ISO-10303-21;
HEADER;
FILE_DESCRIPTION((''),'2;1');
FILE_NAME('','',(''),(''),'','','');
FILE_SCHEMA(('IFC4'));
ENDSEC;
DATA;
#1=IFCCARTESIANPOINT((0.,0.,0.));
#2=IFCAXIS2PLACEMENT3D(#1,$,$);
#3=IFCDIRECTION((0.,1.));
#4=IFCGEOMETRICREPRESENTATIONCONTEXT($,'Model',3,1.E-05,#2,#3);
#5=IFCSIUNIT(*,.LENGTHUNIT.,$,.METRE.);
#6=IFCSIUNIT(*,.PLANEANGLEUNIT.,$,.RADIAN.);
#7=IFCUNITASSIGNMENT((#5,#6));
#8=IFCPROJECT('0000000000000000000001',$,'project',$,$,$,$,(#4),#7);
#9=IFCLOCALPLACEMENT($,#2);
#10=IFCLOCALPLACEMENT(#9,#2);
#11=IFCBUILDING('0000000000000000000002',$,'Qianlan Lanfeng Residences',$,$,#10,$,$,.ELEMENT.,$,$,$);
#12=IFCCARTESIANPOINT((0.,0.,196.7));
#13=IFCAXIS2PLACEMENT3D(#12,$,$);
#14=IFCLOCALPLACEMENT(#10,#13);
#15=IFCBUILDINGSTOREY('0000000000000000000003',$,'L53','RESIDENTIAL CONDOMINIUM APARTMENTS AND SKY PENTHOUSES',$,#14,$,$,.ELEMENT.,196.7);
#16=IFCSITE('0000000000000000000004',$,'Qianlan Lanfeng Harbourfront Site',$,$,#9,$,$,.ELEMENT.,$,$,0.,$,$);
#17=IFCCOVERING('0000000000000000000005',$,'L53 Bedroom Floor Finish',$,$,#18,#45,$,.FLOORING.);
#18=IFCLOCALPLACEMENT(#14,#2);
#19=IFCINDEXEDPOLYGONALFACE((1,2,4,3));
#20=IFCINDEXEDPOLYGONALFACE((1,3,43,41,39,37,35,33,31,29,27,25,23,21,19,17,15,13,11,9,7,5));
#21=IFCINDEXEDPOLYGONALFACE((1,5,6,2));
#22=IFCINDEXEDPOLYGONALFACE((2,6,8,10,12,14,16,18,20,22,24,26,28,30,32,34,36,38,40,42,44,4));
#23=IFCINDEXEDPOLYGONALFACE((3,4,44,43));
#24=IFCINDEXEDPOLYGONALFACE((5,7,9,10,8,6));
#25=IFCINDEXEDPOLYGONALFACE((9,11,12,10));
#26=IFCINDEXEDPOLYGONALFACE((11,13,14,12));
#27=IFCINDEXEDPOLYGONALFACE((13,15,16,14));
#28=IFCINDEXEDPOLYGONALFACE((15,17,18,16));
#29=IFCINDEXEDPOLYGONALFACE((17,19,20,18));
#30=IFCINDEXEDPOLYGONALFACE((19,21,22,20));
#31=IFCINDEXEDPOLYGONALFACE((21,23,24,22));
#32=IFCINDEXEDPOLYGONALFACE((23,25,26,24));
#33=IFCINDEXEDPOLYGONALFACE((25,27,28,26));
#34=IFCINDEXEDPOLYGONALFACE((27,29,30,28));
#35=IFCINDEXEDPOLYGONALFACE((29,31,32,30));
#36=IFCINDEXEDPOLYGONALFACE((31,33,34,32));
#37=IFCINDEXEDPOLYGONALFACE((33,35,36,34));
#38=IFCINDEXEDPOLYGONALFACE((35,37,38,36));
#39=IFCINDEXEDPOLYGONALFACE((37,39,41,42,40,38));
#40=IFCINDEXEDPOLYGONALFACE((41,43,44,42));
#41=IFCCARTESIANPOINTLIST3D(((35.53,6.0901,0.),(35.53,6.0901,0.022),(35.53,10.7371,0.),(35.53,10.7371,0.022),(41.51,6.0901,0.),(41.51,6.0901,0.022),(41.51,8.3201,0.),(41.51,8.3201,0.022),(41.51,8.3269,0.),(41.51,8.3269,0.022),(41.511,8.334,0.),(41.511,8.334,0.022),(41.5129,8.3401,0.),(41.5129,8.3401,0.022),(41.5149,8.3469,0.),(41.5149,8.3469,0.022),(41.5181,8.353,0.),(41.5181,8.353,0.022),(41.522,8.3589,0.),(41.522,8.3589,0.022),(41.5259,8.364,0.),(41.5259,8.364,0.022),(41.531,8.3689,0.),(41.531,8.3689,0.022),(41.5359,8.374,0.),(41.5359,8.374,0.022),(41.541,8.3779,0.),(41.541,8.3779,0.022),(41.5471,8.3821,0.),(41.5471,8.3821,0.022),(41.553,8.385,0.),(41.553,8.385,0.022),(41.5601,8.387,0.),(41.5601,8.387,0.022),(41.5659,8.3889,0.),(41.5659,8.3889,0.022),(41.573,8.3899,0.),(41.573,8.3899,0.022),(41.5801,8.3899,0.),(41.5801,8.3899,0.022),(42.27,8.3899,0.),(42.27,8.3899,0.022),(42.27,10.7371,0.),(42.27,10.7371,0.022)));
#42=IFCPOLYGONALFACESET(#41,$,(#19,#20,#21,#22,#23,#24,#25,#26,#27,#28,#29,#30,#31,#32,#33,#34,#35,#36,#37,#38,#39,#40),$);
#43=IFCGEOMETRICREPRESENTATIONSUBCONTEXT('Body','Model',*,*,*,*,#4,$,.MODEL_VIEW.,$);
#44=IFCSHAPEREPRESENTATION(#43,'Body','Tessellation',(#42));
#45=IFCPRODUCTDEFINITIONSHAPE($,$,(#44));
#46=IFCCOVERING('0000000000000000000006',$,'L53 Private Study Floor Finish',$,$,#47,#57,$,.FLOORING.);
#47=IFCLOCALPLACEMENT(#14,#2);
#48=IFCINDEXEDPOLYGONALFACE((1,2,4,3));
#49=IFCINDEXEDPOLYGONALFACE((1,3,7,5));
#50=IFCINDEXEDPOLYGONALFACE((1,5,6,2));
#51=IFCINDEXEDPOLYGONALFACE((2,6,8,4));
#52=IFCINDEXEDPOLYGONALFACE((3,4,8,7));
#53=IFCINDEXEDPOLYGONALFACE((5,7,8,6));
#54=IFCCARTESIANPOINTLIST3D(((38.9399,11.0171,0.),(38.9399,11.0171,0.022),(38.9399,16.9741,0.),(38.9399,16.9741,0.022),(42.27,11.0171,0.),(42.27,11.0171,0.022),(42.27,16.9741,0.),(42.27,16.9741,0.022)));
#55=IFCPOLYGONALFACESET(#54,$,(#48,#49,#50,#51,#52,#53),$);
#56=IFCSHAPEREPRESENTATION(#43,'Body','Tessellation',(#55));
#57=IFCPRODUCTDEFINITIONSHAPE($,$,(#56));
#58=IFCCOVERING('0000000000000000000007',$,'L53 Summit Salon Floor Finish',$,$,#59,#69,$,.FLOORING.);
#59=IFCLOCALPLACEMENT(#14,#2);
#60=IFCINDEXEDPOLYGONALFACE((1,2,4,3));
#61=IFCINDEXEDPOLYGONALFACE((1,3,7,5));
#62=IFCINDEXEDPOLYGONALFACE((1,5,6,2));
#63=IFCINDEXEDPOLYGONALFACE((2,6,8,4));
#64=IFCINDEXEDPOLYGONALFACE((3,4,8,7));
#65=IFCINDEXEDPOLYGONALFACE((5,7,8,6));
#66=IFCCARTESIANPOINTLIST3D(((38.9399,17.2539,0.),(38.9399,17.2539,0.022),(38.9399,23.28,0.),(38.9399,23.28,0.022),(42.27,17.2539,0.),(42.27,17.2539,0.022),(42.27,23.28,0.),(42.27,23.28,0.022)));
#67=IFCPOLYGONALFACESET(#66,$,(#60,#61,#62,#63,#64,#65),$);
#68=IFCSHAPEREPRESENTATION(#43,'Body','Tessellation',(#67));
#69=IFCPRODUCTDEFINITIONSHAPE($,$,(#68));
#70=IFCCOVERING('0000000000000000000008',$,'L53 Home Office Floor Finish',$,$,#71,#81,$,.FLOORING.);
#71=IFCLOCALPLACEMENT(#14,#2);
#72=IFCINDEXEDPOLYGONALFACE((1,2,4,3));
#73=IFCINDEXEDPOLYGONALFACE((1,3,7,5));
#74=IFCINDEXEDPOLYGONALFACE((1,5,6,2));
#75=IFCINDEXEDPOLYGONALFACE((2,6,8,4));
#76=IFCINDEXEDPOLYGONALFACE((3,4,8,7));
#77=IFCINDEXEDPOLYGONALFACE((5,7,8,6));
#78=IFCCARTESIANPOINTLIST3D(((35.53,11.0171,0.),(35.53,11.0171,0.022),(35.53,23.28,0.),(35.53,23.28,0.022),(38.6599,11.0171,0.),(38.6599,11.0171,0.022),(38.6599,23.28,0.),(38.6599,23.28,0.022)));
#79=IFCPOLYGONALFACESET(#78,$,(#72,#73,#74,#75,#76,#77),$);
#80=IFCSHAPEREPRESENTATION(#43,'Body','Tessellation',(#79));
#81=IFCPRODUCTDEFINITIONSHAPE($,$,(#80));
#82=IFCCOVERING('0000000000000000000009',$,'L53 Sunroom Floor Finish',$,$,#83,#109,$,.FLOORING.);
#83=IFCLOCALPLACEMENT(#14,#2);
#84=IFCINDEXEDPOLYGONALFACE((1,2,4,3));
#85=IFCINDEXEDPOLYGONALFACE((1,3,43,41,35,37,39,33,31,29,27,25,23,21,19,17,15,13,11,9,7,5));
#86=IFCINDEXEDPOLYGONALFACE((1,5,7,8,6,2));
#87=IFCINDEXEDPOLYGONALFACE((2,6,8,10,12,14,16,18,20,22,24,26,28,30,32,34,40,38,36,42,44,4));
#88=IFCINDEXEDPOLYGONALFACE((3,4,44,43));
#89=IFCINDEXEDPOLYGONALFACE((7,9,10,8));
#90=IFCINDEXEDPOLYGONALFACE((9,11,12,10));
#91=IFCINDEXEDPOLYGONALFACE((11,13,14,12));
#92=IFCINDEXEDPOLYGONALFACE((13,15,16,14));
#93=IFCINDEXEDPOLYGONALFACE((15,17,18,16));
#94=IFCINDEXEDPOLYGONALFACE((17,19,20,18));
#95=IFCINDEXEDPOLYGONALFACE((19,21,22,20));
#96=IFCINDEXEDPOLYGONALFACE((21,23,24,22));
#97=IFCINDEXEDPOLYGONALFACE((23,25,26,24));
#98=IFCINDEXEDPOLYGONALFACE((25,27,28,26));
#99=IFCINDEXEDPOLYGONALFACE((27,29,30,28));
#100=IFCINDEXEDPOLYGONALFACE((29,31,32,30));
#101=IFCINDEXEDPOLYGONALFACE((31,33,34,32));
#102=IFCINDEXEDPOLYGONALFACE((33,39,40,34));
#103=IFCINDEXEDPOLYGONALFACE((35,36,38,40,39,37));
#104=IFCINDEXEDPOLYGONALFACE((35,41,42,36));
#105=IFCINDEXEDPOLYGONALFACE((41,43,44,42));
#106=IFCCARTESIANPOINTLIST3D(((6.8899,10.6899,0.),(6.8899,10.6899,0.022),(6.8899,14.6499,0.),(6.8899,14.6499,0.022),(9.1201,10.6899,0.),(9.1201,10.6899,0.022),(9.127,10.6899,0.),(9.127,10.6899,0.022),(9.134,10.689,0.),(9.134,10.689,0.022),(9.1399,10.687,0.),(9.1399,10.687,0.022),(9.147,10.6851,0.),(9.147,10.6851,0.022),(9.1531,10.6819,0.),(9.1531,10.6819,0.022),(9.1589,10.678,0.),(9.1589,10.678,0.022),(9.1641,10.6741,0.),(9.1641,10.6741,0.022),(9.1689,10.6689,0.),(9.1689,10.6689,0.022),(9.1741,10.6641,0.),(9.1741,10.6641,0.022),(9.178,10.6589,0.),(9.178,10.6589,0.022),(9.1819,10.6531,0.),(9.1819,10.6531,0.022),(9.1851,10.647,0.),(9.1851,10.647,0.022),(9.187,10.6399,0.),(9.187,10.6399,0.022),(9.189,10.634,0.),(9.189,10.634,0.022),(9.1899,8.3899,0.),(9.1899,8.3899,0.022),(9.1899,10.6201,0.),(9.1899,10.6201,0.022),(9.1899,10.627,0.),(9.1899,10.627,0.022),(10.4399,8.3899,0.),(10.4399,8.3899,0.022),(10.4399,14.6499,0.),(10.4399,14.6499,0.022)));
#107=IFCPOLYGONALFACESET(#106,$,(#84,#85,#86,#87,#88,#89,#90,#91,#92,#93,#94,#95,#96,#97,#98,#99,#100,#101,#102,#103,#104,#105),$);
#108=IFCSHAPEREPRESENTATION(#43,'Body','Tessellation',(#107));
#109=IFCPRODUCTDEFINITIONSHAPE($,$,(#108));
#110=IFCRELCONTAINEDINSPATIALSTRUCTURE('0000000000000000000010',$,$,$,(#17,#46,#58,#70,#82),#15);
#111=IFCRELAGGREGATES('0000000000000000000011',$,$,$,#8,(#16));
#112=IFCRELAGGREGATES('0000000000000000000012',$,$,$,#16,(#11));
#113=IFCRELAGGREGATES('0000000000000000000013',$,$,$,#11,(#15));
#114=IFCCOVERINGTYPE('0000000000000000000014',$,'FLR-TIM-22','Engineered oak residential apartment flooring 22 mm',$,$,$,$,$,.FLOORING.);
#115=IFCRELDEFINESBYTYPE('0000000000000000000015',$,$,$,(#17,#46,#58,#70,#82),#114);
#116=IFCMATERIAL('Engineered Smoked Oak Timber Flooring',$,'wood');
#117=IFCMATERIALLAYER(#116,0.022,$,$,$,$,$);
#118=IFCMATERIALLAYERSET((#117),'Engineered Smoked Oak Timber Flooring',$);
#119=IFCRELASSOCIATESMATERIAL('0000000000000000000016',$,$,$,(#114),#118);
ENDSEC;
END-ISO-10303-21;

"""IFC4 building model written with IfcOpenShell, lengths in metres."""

from ifc_helpers import new_model, si_unit, direction, frame, origin, place, context, subcontext, project, spatial, polyline, outline, extrude, material, layer, layer_set, type_object, element, save


model = new_model("IFC4")

# Units and contexts
model_context = context("Model", 3, precision=1e-05, world=origin(), true_north=direction((0.0, 1.0)))
body_context = subcontext(model_context, "Body", "Model", "MODEL_VIEW")
ifc_project = project(units=[si_unit("LENGTHUNIT", "METRE"), si_unit("PLANEANGLEUNIT", "RADIAN")], contexts=[model_context])

# Site, building, storey
site_placement = place(None, origin())
site = spatial("IfcSite", under=ifc_project, at=site_placement, Name="Qianlan Lanfeng Harbourfront Site", CompositionType="ELEMENT", RefElevation=0.0)
building_placement = place(site_placement, origin())
building = spatial("IfcBuilding", under=site, at=building_placement, Name="Qianlan Lanfeng Residences", CompositionType="ELEMENT")
storey_placement = place(building_placement, frame((0.0, 0.0, 196.7)))
storey = spatial("IfcBuildingStorey", under=building, at=storey_placement, Name="L53", Description="RESIDENTIAL CONDOMINIUM APARTMENTS AND SKY PENTHOUSES", CompositionType="ELEMENT", Elevation=196.7)

# Coverings
ifc_material_1 = material(Name="Engineered Smoked Oak Timber Flooring", Category="wood")
ifc_layer_1 = layer(ifc_material_1, 0.022)
ifc_layer_set_1 = layer_set([ifc_layer_1], Name="Engineered Smoked Oak Timber Flooring")
covering_type_1 = type_object("IfcCoveringType", Name="FLR-TIM-22", Description="Engineered oak residential apartment flooring 22 mm", PredefinedType="FLOORING", material=ifc_layer_set_1)
covering_1_placement = place(storey_placement, origin())
element("IfcCovering", 1, at=covering_1_placement, inside=storey, type_object=covering_type_1, Name="L53 Bedroom Floor Finish", PredefinedType="FLOORING", context=body_context, shape_type="SweptSolid", body=[
    extrude(outline(polyline([(35.53, 10.7371), (35.53, 6.0901), (41.51, 6.0901), (41.51, 8.3201), (41.51, 8.3269), (41.511, 8.334), (41.5129, 8.3401), (41.5149, 8.3469), (41.5181, 8.353), (41.522, 8.3589), (41.5259, 8.364), (41.531, 8.3689), (41.5359, 8.374), (41.541, 8.3779), (41.5471, 8.3821), (41.553, 8.385), (41.5601, 8.387), (41.5659, 8.3889), (41.573, 8.3899), (41.5801, 8.3899), (42.27, 8.3899), (42.27, 10.7371), (35.53, 10.7371)])), origin(), (0.0, 0.0, 1.0), 0.022),
])
covering_2_placement = place(storey_placement, origin())
element("IfcCovering", 2, at=covering_2_placement, inside=storey, type_object=covering_type_1, Name="L53 Private Study Floor Finish", PredefinedType="FLOORING", context=body_context, shape_type="SweptSolid", body=[
    extrude(outline(polyline([(38.9399, 11.0171), (42.27, 11.0171), (42.27, 16.9741), (38.9399, 16.9741), (38.9399, 11.0171)])), origin(), (0.0, 0.0, 1.0), 0.022),
])
covering_3_placement = place(storey_placement, origin())
element("IfcCovering", 3, at=covering_3_placement, inside=storey, type_object=covering_type_1, Name="L53 Summit Salon Floor Finish", PredefinedType="FLOORING", context=body_context, shape_type="SweptSolid", body=[
    extrude(outline(polyline([(38.9399, 17.2539), (42.27, 17.2539), (42.27, 23.28), (38.9399, 23.28), (38.9399, 17.2539)])), origin(), (0.0, 0.0, 1.0), 0.022),
])
covering_4_placement = place(storey_placement, origin())
element("IfcCovering", 4, at=covering_4_placement, inside=storey, type_object=covering_type_1, Name="L53 Home Office Floor Finish", PredefinedType="FLOORING", context=body_context, shape_type="SweptSolid", body=[
    extrude(outline(polyline([(35.53, 11.0171), (38.6599, 11.0171), (38.6599, 23.28), (35.53, 23.28), (35.53, 11.0171)])), origin(), (0.0, 0.0, 1.0), 0.022),
])
covering_5_placement = place(storey_placement, origin())
element("IfcCovering", 5, at=covering_5_placement, inside=storey, type_object=covering_type_1, Name="L53 Sunroom Floor Finish", PredefinedType="FLOORING", context=body_context, shape_type="SweptSolid", body=[
    extrude(outline(polyline([(10.4399, 14.6499), (6.8899, 14.6499), (6.8899, 10.6899), (9.1201, 10.6899), (9.127, 10.6899), (9.134, 10.689), (9.1399, 10.687), (9.147, 10.6851), (9.1531, 10.6819), (9.1589, 10.678), (9.1641, 10.6741), (9.1689, 10.6689), (9.1741, 10.6641), (9.178, 10.6589), (9.1819, 10.6531), (9.1851, 10.647), (9.187, 10.6399), (9.189, 10.634), (9.1899, 10.627), (9.1899, 10.6201), (9.1899, 8.3899), (10.4399, 8.3899), (10.4399, 14.6499)])), origin(), (0.0, 0.0, 1.0), 0.022),
])

save(model, "model.ifc")
